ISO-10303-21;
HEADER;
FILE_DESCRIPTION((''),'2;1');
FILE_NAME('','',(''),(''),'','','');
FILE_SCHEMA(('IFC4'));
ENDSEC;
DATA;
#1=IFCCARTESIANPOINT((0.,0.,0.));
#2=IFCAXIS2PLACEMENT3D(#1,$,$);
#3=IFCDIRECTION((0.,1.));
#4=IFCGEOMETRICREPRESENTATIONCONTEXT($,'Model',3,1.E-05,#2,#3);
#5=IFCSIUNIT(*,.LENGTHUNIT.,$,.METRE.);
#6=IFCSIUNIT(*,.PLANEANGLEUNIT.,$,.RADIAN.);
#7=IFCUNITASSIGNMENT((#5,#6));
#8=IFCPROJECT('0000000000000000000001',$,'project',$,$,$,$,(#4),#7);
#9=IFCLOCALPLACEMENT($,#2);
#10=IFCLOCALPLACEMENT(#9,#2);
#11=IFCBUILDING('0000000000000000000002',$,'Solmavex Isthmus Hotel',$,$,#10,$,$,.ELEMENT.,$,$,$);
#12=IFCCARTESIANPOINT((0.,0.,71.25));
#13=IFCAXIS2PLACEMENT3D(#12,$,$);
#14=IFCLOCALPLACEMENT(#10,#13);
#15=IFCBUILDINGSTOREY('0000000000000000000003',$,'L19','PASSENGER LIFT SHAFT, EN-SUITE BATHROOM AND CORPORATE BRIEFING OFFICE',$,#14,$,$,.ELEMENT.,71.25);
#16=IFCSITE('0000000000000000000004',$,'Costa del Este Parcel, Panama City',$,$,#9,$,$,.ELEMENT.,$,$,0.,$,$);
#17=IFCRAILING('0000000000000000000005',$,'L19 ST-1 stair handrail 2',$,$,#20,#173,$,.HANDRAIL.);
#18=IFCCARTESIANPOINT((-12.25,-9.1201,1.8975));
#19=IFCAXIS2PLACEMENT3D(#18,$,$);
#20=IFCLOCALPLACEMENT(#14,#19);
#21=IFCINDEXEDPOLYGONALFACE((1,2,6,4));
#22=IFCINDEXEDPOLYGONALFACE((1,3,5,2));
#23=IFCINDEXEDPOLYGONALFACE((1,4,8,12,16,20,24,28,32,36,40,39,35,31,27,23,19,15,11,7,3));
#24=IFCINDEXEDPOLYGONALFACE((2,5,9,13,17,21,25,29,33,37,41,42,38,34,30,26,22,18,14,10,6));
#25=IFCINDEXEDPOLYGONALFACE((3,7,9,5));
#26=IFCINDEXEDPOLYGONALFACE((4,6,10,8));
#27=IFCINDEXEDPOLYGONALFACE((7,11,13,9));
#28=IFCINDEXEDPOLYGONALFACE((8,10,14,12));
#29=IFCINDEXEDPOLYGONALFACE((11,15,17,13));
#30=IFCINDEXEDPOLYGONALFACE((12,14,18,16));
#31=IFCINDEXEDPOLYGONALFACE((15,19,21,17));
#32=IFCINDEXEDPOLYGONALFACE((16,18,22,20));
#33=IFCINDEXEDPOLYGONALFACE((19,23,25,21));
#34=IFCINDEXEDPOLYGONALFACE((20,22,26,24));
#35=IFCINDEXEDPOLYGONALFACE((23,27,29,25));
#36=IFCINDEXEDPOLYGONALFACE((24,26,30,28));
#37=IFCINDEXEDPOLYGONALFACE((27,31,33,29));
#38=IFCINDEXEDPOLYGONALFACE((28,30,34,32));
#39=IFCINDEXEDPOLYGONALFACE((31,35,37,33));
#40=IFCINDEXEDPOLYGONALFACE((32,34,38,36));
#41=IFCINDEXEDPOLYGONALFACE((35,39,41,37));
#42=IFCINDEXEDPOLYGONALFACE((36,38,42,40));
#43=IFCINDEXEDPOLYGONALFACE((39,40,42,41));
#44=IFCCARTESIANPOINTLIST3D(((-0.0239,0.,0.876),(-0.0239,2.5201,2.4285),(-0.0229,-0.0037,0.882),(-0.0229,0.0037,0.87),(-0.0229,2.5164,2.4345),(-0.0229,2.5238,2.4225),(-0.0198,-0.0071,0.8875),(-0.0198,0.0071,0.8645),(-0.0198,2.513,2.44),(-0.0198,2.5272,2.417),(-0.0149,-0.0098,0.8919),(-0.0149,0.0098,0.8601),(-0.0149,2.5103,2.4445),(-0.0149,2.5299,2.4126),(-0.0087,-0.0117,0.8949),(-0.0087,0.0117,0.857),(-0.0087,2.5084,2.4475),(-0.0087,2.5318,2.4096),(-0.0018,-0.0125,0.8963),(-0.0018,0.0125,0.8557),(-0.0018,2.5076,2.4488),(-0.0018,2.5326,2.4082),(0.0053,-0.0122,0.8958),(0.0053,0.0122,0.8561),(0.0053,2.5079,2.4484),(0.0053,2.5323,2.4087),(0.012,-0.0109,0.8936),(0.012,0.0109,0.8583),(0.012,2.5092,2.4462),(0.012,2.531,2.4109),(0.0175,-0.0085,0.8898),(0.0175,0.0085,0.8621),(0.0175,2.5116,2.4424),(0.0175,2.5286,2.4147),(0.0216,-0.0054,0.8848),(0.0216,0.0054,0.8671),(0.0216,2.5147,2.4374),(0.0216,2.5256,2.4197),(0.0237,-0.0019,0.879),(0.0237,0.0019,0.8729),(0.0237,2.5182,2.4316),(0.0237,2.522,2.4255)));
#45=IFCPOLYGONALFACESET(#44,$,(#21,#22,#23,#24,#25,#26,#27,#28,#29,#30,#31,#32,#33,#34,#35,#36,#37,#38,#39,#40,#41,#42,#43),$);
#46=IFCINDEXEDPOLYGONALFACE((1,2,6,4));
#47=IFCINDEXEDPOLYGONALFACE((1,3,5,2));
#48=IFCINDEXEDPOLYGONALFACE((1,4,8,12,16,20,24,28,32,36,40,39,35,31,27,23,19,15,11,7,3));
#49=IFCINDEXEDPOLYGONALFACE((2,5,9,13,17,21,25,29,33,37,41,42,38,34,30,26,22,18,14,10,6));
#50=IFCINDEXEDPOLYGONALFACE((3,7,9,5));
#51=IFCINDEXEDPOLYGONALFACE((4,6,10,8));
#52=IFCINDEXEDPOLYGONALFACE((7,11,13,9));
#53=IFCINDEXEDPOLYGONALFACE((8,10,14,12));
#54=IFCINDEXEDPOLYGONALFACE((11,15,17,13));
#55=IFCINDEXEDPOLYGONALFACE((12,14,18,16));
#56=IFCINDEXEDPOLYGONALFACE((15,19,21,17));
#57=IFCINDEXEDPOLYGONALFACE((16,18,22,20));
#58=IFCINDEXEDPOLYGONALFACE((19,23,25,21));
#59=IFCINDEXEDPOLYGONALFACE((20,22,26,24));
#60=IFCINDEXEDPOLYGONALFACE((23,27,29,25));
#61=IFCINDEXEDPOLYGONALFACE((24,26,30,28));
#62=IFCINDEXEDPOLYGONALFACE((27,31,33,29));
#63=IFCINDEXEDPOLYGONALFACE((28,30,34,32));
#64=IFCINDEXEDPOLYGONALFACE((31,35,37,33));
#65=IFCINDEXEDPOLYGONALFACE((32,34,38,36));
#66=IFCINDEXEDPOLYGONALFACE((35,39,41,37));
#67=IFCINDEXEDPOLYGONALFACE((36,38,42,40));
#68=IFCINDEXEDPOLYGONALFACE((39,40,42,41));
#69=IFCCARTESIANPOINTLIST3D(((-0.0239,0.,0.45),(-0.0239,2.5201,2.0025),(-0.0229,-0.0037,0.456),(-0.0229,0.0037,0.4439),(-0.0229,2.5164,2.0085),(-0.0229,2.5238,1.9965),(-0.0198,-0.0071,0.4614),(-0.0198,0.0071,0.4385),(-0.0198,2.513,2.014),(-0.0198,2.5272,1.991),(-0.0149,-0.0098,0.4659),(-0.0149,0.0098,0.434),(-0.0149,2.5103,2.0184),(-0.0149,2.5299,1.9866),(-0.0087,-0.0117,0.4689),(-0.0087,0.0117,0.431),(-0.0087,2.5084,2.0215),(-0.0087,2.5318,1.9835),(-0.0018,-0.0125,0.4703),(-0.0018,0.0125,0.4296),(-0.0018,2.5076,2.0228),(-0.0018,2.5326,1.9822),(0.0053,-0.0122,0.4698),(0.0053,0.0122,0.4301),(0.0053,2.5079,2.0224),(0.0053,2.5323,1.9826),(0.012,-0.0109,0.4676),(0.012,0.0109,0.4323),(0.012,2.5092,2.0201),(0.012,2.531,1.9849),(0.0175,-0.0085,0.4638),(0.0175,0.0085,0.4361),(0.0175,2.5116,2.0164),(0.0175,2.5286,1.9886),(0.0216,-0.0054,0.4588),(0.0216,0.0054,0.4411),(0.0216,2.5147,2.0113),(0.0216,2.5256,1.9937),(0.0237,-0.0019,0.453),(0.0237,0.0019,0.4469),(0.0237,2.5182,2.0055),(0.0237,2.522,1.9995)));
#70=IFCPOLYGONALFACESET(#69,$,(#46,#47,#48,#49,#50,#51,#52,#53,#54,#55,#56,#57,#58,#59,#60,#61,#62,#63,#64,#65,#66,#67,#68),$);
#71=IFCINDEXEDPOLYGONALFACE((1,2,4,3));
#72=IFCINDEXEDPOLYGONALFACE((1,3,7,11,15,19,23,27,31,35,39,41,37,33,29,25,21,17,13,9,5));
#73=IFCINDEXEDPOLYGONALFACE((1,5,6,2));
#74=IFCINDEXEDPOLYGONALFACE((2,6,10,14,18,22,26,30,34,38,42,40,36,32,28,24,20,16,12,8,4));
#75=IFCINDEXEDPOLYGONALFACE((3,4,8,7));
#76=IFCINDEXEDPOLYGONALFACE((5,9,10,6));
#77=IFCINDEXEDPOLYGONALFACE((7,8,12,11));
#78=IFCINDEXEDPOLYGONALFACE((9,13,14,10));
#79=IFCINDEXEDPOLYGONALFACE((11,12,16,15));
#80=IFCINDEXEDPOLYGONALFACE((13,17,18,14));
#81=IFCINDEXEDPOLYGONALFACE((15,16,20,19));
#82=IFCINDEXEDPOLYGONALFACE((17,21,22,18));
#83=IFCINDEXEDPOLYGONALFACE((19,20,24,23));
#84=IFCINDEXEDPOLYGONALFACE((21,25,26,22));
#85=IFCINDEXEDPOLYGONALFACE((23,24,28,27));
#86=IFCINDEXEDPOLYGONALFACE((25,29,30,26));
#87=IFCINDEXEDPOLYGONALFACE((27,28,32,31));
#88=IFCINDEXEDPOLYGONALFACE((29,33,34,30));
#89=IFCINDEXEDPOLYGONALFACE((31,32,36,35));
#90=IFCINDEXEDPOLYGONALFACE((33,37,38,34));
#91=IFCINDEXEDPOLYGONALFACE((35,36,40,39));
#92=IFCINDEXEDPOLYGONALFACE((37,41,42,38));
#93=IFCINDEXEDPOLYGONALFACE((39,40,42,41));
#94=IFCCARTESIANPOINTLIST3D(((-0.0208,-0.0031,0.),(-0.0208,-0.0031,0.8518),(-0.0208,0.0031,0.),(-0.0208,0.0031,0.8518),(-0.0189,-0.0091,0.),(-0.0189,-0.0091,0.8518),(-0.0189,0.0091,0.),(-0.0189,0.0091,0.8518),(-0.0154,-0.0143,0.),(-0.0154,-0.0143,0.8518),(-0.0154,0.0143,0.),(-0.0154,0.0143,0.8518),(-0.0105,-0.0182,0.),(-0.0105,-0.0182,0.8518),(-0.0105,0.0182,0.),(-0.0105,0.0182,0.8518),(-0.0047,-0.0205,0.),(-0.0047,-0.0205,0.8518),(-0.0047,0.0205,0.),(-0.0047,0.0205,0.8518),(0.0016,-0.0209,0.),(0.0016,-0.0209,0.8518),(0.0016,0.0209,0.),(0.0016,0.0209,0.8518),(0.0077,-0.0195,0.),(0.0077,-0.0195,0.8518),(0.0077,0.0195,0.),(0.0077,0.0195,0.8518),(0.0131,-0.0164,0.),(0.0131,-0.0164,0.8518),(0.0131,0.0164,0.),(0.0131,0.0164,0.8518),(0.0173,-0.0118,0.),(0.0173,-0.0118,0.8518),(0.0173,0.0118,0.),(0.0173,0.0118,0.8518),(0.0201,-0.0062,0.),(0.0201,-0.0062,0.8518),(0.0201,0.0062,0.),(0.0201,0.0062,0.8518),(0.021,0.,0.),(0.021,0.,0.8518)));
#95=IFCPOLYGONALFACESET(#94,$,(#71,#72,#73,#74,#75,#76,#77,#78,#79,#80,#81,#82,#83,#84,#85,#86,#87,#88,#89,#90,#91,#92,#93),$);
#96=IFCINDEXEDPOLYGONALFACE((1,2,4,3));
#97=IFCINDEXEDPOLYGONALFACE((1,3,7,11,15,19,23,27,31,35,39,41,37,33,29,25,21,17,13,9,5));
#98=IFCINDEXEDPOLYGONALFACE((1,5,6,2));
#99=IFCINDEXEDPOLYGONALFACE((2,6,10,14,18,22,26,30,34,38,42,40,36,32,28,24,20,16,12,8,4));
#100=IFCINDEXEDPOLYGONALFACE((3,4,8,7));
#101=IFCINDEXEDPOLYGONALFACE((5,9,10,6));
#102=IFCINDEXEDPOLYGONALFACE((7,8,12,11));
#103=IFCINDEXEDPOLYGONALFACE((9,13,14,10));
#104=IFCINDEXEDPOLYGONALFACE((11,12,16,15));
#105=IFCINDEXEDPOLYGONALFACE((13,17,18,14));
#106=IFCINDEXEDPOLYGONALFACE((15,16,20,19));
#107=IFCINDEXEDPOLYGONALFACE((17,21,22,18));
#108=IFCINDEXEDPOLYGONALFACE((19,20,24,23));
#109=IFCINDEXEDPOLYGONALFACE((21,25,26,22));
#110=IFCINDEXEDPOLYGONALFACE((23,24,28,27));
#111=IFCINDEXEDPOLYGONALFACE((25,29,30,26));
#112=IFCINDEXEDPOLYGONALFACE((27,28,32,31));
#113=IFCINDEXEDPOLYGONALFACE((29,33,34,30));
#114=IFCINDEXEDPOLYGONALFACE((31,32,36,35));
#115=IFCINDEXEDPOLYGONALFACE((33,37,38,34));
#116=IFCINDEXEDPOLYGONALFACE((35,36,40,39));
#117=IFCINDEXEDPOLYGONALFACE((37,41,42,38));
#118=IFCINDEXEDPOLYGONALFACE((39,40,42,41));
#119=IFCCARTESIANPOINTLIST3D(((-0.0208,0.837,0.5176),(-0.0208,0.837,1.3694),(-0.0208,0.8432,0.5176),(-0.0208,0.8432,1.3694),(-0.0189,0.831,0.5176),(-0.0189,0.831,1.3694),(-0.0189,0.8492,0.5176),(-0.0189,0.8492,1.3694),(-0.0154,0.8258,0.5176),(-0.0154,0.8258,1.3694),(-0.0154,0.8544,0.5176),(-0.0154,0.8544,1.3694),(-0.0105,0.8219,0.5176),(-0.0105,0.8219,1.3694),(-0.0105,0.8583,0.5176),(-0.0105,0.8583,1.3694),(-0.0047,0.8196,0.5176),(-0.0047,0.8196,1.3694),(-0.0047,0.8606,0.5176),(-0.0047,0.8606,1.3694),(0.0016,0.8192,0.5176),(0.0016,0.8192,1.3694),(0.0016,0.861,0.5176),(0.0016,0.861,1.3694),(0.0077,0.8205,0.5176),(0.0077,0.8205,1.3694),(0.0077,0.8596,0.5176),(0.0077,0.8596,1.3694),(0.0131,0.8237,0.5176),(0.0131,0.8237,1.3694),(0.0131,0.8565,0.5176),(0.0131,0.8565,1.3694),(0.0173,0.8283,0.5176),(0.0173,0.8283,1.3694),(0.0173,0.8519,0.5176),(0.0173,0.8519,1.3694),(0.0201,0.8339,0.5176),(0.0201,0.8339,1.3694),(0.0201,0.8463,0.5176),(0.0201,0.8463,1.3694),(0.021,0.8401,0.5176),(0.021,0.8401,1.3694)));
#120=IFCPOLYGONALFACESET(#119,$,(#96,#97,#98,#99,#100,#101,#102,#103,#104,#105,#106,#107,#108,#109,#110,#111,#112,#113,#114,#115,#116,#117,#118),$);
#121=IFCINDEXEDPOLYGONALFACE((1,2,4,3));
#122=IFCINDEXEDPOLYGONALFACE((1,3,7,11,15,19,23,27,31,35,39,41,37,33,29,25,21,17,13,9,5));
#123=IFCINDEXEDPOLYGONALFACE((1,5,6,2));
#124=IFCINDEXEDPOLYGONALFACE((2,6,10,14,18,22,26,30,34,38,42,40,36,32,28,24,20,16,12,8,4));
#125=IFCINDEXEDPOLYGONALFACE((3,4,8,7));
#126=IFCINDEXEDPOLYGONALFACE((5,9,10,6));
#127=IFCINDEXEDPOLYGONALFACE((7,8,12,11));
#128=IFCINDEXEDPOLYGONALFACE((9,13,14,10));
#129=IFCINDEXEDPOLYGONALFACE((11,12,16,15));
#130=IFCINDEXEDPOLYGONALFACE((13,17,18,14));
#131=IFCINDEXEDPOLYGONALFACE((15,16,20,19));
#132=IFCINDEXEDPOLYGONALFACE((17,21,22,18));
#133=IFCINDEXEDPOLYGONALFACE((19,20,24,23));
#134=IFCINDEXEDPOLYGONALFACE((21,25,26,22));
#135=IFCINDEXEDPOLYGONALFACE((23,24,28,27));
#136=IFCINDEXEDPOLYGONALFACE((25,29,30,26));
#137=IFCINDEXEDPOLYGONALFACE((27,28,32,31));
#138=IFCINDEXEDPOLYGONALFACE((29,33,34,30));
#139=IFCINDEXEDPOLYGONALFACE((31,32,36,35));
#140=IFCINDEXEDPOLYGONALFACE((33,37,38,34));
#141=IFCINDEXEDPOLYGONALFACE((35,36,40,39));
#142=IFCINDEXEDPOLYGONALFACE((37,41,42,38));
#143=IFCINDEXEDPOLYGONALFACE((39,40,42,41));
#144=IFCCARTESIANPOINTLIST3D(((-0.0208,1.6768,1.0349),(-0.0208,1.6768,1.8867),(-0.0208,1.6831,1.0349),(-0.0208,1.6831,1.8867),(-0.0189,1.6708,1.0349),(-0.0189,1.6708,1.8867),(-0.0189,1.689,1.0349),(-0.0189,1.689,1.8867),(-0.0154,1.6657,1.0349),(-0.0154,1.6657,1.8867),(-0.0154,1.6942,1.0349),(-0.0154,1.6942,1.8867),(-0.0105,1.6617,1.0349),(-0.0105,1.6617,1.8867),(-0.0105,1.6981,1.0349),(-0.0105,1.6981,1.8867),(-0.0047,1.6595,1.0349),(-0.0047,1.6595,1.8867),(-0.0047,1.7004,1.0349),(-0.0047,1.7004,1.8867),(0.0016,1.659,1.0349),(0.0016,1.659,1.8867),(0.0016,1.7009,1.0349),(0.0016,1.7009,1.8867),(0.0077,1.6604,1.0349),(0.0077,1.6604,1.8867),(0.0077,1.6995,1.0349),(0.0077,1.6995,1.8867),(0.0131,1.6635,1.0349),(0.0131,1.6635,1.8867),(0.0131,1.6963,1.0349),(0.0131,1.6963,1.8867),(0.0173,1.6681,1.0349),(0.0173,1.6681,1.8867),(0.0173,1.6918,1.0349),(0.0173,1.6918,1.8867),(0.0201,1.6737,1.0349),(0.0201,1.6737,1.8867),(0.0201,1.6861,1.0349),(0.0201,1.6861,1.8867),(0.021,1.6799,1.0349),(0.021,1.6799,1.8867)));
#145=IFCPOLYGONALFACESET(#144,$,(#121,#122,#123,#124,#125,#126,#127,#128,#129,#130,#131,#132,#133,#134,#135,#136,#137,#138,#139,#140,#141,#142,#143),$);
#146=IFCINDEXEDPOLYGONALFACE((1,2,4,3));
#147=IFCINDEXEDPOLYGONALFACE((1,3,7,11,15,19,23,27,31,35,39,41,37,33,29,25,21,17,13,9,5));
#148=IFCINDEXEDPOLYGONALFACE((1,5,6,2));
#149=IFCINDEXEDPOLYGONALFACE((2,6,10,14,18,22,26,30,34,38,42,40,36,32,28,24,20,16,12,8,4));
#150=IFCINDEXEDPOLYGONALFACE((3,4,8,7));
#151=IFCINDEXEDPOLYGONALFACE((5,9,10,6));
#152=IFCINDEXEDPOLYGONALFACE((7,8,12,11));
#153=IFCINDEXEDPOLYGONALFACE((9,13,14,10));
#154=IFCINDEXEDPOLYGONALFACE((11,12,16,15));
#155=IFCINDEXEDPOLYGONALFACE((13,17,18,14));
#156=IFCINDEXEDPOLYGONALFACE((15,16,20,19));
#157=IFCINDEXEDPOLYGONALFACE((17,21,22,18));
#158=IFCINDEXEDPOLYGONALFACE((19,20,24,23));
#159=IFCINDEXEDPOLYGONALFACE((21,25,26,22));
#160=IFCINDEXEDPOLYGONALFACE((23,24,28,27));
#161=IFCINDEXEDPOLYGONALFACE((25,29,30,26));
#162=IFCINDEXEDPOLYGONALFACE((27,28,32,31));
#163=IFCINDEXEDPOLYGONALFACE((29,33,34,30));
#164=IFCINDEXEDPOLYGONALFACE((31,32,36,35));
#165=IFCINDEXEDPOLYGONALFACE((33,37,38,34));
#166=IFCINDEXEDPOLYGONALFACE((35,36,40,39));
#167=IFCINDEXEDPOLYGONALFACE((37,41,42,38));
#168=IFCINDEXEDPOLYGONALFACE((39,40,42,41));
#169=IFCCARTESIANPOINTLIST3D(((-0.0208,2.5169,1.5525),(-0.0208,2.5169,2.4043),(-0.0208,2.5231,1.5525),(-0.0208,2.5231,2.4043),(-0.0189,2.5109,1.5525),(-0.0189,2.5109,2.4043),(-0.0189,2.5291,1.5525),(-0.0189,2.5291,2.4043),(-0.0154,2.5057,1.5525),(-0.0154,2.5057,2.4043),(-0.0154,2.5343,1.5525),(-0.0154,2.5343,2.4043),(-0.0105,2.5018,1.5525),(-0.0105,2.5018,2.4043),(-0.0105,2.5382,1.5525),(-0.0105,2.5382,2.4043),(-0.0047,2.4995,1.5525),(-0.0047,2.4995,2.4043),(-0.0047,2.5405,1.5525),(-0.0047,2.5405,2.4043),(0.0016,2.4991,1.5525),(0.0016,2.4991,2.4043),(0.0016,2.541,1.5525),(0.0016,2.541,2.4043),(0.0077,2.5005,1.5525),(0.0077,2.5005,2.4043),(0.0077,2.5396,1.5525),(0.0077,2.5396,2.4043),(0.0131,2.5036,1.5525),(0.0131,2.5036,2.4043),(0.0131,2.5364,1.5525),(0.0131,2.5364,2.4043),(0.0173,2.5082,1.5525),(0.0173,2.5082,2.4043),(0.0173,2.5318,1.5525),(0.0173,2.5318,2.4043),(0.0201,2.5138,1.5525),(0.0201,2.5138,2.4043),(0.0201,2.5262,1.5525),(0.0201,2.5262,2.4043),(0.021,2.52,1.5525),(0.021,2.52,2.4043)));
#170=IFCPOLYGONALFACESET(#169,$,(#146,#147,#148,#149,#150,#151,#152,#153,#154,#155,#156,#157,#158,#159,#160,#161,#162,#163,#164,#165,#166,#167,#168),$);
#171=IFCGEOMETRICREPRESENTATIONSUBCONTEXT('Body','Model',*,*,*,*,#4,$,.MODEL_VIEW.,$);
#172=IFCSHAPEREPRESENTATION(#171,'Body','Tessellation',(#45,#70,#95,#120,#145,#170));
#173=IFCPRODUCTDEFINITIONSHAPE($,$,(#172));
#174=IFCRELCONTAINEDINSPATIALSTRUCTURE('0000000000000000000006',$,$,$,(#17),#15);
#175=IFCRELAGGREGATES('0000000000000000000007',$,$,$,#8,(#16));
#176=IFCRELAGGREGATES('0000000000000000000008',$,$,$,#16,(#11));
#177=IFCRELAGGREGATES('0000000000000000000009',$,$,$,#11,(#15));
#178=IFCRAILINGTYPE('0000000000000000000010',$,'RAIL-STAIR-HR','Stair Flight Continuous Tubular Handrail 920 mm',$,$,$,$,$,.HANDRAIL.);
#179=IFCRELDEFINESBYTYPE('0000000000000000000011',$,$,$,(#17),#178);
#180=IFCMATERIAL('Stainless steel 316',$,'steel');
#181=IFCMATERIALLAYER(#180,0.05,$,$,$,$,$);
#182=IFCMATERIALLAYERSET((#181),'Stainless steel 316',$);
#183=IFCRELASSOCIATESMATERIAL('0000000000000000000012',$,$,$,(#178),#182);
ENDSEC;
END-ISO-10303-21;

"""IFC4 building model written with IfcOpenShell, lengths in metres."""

from ifc_helpers import new_model, si_unit, direction, frame, origin, origin_2d, place, context, subcontext, project, spatial, circle, extrude, material, layer, layer_set, type_object, element, save


model = new_model("IFC4")

# Units and contexts
model_context = context("Model", 3, precision=1e-05, world=origin(), true_north=direction((0.0, 1.0)))
body_context = subcontext(model_context, "Body", "Model", "MODEL_VIEW")
ifc_project = project(units=[si_unit("LENGTHUNIT", "METRE"), si_unit("PLANEANGLEUNIT", "RADIAN")], contexts=[model_context])

# Site, building, storey
site_placement = place(None, origin())
site = spatial("IfcSite", under=ifc_project, at=site_placement, Name="Costa del Este Parcel, Panama City", CompositionType="ELEMENT", RefElevation=0.0)
building_placement = place(site_placement, origin())
building = spatial("IfcBuilding", under=site, at=building_placement, Name="Solmavex Isthmus Hotel", CompositionType="ELEMENT")
storey_placement = place(building_placement, frame((0.0, 0.0, 71.25)))
storey = spatial("IfcBuildingStorey", under=building, at=storey_placement, Name="L19", Description="PASSENGER LIFT SHAFT, EN-SUITE BATHROOM AND CORPORATE BRIEFING OFFICE", CompositionType="ELEMENT", Elevation=71.25)

# Shared definitions
ifc_material_1 = material(Name="Stainless steel 316", Category="steel")

# Railing
ifc_layer_1 = layer(ifc_material_1, 0.05)
ifc_layer_set_1 = layer_set([ifc_layer_1], Name="Stainless steel 316")
railing_type_1 = type_object("IfcRailingType", Name="RAIL-STAIR-HR", Description="Stair Flight Continuous Tubular Handrail 920 mm", PredefinedType="HANDRAIL", material=ifc_layer_set_1)
railing_1_placement = place(storey_placement, frame((-12.25, -9.1201, 1.8975)))
element("IfcRailing", 1, at=railing_1_placement, inside=storey, type_object=railing_type_1, Name="L19 ST-1 stair handrail 2", PredefinedType="HANDRAIL", context=body_context, shape_type="SweptSolid", body=[
    extrude(circle(Radius=0.0239, at=origin_2d()), frame((0.0, 0.0, 0.876), z_axis=(0.0, 0.8514, 0.524516), x_axis=(-1.0, 0.0, 0.0)), (0.0, 0.0, 1.0), 2.96),
    extrude(circle(Radius=0.0239, at=origin_2d()), frame((0.0, 0.0, 0.45), z_axis=(0.0, 0.8514, 0.524516), x_axis=(-1.0, 0.0, 0.0)), (0.0, 0.0, 1.0), 2.96),
    extrude(circle(Radius=0.021, at=origin_2d()), origin(), (0.0, 0.0, 1.0), 0.8518),
    extrude(circle(Radius=0.021, at=origin_2d()), frame((0.0, 0.8401, 0.5176)), (0.0, 0.0, 1.0), 0.8518),
    extrude(circle(Radius=0.021, at=origin_2d()), frame((0.0, 1.6799, 1.0349)), (0.0, 0.0, 1.0), 0.8518),
    extrude(circle(Radius=0.021, at=origin_2d()), frame((0.0, 2.52, 1.5525)), (0.0, 0.0, 1.0), 0.8518),
])

save(model, "model.ifc")
